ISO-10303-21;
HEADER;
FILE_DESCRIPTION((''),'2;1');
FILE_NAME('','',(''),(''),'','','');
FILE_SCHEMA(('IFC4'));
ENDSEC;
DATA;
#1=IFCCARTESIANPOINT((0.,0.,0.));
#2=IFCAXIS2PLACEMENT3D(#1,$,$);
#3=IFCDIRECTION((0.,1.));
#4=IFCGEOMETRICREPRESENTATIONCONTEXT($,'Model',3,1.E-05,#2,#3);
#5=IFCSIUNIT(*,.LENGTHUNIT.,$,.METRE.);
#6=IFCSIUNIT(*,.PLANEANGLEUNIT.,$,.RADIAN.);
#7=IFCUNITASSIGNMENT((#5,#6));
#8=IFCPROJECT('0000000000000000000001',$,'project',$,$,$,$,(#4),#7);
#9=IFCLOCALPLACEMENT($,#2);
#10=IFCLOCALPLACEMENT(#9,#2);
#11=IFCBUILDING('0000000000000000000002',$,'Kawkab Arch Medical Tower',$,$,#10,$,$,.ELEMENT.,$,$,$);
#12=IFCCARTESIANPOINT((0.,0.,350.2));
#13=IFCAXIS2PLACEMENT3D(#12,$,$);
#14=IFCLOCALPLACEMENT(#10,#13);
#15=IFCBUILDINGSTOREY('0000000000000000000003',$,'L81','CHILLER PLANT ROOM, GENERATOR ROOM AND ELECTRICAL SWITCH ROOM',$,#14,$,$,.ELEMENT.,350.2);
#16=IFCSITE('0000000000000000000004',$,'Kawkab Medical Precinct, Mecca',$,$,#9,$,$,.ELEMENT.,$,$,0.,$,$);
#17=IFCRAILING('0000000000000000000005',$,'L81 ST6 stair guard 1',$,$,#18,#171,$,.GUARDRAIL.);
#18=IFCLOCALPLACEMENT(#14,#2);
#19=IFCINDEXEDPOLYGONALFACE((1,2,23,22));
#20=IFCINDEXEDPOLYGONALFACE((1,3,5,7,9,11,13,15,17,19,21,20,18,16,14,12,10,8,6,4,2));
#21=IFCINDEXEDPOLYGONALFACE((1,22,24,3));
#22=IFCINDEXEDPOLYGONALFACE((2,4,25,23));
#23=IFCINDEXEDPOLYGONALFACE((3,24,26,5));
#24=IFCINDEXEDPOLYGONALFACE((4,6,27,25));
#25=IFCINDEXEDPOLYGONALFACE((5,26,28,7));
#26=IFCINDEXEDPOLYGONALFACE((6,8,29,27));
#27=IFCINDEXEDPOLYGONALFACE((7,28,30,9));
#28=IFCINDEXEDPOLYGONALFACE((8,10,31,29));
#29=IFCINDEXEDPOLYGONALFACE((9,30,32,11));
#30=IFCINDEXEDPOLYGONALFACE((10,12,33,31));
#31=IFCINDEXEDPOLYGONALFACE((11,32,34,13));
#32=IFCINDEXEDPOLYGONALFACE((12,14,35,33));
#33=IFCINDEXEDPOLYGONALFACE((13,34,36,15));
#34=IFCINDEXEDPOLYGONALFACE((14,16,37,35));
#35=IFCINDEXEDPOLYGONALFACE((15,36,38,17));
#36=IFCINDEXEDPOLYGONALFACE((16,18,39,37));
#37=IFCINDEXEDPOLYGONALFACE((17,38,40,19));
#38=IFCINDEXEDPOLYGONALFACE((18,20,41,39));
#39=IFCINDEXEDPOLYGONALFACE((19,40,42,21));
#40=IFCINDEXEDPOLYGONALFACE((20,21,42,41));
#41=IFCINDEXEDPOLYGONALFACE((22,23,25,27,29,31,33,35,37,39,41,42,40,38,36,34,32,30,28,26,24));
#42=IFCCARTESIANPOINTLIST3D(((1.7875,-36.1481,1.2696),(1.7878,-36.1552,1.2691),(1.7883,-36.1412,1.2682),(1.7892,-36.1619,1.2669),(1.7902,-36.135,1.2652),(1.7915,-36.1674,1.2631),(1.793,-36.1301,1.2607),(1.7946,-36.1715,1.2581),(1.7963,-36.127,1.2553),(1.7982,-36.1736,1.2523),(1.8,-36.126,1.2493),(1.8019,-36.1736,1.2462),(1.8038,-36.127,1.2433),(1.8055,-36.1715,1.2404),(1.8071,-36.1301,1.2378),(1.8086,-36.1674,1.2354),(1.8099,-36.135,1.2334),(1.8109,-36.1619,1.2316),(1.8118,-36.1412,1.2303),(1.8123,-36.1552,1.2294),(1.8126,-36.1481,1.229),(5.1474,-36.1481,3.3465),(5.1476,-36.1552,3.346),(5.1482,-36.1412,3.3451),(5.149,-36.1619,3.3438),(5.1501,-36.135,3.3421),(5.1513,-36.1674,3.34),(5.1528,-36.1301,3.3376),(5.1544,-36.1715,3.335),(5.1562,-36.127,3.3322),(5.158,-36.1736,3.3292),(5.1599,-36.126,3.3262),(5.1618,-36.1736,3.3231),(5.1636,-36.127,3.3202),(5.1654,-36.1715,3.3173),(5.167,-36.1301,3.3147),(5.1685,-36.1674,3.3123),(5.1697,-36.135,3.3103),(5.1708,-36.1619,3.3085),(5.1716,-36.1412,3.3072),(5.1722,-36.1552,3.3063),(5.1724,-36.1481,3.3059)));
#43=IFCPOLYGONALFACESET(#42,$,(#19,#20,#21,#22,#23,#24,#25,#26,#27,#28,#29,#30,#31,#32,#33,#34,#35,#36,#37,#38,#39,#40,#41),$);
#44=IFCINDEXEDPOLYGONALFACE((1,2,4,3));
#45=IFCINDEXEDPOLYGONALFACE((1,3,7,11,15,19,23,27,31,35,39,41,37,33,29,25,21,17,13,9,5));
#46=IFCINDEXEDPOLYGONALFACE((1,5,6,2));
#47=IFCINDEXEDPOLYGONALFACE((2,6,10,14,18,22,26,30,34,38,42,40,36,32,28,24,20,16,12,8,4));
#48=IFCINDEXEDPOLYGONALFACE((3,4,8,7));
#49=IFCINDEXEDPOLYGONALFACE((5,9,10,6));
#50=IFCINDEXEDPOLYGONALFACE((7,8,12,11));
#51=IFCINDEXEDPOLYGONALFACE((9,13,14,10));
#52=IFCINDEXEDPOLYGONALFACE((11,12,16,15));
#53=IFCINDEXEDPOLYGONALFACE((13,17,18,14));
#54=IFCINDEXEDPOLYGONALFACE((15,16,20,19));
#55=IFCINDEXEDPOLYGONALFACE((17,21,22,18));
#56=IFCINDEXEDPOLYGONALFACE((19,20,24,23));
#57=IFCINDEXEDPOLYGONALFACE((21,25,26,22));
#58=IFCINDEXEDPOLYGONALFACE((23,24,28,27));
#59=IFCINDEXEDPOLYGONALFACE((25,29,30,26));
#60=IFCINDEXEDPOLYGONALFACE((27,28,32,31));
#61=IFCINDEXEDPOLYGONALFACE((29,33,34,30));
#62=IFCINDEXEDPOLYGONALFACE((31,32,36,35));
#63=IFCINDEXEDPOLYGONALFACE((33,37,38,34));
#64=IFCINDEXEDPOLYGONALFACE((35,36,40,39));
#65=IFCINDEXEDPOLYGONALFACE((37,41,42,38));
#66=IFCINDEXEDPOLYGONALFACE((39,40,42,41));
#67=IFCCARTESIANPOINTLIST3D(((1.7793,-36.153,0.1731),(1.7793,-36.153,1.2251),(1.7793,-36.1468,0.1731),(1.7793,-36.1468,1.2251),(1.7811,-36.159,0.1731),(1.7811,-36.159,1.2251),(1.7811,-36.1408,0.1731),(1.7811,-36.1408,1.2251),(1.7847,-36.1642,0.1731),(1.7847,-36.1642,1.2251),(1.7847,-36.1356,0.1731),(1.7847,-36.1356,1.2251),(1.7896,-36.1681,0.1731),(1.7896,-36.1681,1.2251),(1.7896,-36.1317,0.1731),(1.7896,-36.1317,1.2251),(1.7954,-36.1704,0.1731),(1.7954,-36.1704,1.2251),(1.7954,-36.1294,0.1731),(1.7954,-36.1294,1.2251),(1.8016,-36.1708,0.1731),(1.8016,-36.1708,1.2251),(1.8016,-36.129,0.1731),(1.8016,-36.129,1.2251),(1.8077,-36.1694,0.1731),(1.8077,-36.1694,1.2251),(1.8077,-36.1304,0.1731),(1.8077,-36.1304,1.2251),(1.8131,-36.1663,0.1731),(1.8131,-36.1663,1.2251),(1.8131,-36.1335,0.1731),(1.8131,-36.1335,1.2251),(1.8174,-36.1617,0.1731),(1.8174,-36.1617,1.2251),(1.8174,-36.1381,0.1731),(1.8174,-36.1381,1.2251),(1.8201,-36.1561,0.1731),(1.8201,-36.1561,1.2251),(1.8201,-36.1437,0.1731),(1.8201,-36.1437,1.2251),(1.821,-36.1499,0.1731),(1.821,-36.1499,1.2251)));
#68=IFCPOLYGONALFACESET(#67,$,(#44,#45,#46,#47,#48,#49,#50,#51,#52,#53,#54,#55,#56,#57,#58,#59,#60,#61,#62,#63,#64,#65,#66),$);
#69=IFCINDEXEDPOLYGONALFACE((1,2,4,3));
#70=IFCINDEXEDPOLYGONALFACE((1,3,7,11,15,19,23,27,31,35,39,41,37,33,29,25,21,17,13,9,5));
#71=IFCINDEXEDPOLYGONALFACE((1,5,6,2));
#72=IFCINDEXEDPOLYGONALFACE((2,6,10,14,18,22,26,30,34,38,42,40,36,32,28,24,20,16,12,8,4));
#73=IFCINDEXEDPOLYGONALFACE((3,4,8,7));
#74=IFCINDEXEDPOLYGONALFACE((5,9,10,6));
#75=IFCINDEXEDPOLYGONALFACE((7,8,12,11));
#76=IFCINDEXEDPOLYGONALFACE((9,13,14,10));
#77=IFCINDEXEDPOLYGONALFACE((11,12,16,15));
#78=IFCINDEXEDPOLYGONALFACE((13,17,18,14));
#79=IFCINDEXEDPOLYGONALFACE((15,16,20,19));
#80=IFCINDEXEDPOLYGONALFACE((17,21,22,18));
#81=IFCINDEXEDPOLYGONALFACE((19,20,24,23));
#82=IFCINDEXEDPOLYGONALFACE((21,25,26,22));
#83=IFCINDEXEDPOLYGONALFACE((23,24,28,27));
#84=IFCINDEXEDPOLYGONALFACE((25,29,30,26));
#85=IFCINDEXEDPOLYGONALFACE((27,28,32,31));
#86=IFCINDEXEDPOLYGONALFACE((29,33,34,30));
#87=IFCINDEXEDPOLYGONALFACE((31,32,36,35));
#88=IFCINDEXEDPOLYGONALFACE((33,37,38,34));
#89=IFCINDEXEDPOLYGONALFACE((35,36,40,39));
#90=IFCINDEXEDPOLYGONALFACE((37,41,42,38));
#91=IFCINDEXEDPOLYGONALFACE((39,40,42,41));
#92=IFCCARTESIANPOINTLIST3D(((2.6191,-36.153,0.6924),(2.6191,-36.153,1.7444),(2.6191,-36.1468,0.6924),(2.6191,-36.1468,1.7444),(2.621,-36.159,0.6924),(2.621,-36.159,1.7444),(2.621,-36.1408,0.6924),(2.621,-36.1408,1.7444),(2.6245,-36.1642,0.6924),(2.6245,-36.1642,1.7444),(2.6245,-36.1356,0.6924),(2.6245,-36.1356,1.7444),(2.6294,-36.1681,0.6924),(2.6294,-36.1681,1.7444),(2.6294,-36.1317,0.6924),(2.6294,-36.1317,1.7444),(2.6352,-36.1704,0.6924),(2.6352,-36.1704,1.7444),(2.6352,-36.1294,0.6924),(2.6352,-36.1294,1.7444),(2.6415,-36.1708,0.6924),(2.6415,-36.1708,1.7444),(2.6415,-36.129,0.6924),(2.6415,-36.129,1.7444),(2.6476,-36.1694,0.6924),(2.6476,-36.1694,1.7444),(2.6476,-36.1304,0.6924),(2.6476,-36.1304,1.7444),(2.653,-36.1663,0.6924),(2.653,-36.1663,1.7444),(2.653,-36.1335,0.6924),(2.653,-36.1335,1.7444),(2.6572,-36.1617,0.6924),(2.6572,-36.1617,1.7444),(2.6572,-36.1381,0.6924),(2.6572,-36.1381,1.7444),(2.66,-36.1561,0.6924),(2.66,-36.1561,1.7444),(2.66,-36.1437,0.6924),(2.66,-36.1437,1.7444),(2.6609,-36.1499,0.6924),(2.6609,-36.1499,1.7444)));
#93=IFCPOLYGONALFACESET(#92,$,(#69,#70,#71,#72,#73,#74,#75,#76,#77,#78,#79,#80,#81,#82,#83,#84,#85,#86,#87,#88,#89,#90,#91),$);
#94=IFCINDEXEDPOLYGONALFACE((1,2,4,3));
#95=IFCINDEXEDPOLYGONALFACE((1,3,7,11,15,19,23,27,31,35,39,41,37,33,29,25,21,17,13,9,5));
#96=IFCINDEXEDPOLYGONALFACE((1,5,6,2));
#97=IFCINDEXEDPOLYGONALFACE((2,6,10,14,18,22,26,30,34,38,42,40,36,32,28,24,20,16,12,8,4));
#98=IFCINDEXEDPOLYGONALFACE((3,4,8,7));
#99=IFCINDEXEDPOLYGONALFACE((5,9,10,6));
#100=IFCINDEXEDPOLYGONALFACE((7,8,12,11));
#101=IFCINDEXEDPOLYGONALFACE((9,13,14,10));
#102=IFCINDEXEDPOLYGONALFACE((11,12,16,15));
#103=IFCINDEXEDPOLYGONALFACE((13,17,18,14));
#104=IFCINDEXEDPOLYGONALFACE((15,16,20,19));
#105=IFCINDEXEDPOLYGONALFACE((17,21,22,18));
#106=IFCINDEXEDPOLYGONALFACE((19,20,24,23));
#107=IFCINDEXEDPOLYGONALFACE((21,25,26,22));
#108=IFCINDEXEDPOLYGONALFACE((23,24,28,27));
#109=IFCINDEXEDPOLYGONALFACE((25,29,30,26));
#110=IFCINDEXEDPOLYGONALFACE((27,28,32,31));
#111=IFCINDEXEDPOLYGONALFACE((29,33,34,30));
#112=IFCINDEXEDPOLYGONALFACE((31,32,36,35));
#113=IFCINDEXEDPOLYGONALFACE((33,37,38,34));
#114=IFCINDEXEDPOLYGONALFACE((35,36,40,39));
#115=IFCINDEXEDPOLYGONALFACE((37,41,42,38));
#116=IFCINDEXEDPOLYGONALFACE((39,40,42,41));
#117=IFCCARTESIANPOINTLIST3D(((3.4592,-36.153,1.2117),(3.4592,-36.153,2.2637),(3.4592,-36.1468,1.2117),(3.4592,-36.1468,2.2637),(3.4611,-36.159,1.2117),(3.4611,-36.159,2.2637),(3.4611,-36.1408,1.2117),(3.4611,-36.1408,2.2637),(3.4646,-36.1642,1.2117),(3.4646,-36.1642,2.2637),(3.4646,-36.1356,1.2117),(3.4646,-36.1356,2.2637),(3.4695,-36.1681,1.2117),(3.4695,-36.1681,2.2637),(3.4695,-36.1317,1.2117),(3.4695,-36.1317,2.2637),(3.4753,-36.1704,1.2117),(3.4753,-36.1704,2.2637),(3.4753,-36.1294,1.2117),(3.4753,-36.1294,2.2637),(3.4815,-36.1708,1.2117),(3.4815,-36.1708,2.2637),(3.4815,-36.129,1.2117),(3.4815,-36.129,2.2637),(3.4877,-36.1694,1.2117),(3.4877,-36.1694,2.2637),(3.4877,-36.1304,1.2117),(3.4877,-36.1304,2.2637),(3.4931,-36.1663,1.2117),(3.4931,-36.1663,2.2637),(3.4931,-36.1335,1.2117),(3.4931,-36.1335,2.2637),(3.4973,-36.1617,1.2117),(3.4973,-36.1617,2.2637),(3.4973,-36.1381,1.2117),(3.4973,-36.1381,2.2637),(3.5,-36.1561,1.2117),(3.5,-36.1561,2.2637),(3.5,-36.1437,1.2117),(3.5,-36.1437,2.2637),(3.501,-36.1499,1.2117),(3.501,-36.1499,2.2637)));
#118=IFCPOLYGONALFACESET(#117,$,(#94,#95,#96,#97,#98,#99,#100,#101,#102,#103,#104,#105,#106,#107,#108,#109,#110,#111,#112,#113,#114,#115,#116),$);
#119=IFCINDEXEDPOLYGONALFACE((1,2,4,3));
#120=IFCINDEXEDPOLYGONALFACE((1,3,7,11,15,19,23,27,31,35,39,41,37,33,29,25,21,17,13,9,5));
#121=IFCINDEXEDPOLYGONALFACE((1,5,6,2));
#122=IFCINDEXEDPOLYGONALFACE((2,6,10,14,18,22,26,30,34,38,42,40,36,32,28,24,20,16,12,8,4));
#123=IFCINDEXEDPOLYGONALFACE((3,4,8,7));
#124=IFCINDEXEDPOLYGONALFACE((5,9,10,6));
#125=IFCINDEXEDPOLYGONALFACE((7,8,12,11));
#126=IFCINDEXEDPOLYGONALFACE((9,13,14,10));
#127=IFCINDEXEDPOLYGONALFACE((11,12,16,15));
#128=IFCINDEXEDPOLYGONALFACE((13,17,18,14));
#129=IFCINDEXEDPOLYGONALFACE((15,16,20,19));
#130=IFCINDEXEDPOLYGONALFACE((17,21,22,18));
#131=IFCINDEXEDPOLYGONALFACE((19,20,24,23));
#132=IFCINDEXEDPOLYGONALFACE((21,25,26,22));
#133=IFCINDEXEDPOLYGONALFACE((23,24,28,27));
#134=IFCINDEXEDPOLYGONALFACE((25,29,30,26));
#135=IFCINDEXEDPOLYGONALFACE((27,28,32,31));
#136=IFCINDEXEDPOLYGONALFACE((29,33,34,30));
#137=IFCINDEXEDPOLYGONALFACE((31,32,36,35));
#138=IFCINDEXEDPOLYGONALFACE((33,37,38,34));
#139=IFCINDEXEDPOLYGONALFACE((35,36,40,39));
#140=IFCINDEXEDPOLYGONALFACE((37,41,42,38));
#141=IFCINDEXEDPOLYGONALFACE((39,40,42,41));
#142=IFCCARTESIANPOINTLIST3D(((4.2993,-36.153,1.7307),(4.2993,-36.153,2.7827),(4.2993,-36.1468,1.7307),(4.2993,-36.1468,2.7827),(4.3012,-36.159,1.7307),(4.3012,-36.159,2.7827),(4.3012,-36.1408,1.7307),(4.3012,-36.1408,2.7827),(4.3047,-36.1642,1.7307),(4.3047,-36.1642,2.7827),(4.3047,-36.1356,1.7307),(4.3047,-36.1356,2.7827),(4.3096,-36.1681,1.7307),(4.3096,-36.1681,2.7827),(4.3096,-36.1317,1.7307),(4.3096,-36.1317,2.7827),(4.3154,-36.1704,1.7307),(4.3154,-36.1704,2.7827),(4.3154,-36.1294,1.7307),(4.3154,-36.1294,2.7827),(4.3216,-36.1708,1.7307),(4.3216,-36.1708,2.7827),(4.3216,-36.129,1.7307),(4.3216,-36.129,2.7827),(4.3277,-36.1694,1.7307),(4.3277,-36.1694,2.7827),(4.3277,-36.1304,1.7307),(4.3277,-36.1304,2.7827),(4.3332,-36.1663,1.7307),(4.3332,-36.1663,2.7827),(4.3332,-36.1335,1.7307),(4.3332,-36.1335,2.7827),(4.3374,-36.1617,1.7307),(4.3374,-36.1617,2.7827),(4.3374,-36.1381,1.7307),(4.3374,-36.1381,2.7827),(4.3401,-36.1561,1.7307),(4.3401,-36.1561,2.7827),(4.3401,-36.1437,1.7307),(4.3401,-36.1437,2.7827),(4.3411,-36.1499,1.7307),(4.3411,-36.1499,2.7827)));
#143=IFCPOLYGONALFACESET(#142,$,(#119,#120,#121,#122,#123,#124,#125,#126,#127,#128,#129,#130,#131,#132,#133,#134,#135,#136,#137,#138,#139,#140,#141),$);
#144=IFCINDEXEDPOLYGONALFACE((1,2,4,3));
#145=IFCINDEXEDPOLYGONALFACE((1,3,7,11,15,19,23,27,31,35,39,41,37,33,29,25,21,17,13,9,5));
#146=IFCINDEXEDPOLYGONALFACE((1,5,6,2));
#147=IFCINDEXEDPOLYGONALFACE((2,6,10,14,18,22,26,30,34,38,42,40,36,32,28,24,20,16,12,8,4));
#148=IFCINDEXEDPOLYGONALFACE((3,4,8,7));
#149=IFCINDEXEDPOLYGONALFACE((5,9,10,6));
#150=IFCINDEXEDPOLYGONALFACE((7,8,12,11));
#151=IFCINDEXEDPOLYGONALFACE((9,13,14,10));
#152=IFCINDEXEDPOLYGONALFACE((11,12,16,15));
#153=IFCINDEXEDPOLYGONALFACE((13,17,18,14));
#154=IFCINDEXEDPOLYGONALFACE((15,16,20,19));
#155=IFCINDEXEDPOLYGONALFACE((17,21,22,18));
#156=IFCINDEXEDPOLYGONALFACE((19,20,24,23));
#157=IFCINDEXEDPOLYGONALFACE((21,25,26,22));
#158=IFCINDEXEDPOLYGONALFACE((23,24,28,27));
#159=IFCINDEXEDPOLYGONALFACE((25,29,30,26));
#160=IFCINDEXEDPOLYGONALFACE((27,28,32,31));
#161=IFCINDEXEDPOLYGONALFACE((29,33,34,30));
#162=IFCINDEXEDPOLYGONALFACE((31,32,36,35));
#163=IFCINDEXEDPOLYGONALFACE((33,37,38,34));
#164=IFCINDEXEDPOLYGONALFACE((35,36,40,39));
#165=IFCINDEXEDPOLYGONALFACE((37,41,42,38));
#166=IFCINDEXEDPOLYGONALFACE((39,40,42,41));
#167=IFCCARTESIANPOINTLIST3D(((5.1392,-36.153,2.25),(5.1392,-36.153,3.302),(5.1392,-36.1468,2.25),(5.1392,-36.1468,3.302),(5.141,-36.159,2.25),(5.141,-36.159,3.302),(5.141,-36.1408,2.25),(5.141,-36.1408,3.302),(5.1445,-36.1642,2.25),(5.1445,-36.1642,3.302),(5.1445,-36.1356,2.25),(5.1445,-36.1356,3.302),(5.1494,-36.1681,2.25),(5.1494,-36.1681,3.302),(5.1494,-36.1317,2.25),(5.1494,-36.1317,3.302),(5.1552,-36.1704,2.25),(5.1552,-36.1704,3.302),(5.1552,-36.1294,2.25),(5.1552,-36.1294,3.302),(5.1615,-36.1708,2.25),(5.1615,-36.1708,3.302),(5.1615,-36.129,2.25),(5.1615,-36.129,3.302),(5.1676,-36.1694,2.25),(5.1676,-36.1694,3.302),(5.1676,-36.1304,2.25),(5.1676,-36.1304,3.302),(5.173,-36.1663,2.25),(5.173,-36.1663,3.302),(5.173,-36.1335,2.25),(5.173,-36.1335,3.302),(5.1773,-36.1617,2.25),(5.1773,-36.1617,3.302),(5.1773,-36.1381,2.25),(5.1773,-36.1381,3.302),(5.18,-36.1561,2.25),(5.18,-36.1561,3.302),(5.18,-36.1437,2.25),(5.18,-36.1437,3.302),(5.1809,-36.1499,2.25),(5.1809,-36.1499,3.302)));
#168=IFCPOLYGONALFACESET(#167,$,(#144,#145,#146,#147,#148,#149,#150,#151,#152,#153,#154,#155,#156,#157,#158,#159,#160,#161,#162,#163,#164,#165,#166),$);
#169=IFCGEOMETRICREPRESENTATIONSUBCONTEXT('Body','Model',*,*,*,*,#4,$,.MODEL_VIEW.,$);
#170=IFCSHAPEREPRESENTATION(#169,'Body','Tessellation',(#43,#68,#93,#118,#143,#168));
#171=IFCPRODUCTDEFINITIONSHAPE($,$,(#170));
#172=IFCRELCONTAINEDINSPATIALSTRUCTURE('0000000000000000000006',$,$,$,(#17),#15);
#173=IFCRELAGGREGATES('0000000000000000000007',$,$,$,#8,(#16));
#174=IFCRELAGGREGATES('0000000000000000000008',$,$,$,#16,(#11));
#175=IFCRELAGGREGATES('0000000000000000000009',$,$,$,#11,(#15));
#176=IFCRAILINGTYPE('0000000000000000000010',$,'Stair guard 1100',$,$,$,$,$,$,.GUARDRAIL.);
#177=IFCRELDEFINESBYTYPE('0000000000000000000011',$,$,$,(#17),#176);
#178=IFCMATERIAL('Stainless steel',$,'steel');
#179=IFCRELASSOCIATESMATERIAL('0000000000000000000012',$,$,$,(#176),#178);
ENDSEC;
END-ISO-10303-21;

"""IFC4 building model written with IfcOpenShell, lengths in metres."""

from ifc_helpers import new_model, si_unit, direction, frame, origin, origin_2d, place, context, subcontext, project, spatial, circle, extrude, material, type_object, element, save


model = new_model("IFC4")

# Units and contexts
model_context = context("Model", 3, precision=1e-05, world=origin(), true_north=direction((0.0, 1.0)))
body_context = subcontext(model_context, "Body", "Model", "MODEL_VIEW")
ifc_project = project(units=[si_unit("LENGTHUNIT", "METRE"), si_unit("PLANEANGLEUNIT", "RADIAN")], contexts=[model_context])

# Site, building, storey
site_placement = place(None, origin())
site = spatial("IfcSite", under=ifc_project, at=site_placement, Name="Kawkab Medical Precinct, Mecca", CompositionType="ELEMENT", RefElevation=0.0)
building_placement = place(site_placement, origin())
building = spatial("IfcBuilding", under=site, at=building_placement, Name="Kawkab Arch Medical Tower", CompositionType="ELEMENT")
storey_placement = place(building_placement, frame((0.0, 0.0, 350.2)))
storey = spatial("IfcBuildingStorey", under=building, at=storey_placement, Name="L81", Description="CHILLER PLANT ROOM, GENERATOR ROOM AND ELECTRICAL SWITCH ROOM", CompositionType="ELEMENT", Elevation=350.2)

# Railing
ifc_material_1 = material(Name="Stainless steel", Category="steel")
railing_type = type_object("IfcRailingType", Name="Stair guard 1100", PredefinedType="GUARDRAIL", material=ifc_material_1)
railing_1_placement = place(storey_placement, frame((1.8, -36.1499, 0.1731)))
element("IfcRailing", 1, at=railing_1_placement, inside=storey, type_object=railing_type, Name="L81 ST6 stair guard 1", PredefinedType="GUARDRAIL", context=body_context, shape_type="SweptSolid", body=[
    extrude(circle(Radius=0.0239, at=origin_2d()), frame((0.0, 0.0, 1.0762), z_axis=(0.850606, 0.0, 0.525803), x_axis=(0.0, 1.0, 0.0)), (0.0, 0.0, 1.0), 3.95),
    extrude(circle(Radius=0.021, at=origin_2d()), origin(), (0.0, 0.0, 1.0), 1.052),
    extrude(circle(Radius=0.021, at=origin_2d()), frame((0.8398, 0.0, 0.5193)), (0.0, 0.0, 1.0), 1.052),
    extrude(circle(Radius=0.021, at=origin_2d()), frame((1.6799, 0.0, 1.0386)), (0.0, 0.0, 1.0), 1.052),
    extrude(circle(Radius=0.021, at=origin_2d()), frame((2.52, 0.0, 1.5576)), (0.0, 0.0, 1.0), 1.052),
    extrude(circle(Radius=0.021, at=origin_2d()), frame((3.3599, 0.0, 2.0769)), (0.0, 0.0, 1.0), 1.052),
])

save(model, "model.ifc")
